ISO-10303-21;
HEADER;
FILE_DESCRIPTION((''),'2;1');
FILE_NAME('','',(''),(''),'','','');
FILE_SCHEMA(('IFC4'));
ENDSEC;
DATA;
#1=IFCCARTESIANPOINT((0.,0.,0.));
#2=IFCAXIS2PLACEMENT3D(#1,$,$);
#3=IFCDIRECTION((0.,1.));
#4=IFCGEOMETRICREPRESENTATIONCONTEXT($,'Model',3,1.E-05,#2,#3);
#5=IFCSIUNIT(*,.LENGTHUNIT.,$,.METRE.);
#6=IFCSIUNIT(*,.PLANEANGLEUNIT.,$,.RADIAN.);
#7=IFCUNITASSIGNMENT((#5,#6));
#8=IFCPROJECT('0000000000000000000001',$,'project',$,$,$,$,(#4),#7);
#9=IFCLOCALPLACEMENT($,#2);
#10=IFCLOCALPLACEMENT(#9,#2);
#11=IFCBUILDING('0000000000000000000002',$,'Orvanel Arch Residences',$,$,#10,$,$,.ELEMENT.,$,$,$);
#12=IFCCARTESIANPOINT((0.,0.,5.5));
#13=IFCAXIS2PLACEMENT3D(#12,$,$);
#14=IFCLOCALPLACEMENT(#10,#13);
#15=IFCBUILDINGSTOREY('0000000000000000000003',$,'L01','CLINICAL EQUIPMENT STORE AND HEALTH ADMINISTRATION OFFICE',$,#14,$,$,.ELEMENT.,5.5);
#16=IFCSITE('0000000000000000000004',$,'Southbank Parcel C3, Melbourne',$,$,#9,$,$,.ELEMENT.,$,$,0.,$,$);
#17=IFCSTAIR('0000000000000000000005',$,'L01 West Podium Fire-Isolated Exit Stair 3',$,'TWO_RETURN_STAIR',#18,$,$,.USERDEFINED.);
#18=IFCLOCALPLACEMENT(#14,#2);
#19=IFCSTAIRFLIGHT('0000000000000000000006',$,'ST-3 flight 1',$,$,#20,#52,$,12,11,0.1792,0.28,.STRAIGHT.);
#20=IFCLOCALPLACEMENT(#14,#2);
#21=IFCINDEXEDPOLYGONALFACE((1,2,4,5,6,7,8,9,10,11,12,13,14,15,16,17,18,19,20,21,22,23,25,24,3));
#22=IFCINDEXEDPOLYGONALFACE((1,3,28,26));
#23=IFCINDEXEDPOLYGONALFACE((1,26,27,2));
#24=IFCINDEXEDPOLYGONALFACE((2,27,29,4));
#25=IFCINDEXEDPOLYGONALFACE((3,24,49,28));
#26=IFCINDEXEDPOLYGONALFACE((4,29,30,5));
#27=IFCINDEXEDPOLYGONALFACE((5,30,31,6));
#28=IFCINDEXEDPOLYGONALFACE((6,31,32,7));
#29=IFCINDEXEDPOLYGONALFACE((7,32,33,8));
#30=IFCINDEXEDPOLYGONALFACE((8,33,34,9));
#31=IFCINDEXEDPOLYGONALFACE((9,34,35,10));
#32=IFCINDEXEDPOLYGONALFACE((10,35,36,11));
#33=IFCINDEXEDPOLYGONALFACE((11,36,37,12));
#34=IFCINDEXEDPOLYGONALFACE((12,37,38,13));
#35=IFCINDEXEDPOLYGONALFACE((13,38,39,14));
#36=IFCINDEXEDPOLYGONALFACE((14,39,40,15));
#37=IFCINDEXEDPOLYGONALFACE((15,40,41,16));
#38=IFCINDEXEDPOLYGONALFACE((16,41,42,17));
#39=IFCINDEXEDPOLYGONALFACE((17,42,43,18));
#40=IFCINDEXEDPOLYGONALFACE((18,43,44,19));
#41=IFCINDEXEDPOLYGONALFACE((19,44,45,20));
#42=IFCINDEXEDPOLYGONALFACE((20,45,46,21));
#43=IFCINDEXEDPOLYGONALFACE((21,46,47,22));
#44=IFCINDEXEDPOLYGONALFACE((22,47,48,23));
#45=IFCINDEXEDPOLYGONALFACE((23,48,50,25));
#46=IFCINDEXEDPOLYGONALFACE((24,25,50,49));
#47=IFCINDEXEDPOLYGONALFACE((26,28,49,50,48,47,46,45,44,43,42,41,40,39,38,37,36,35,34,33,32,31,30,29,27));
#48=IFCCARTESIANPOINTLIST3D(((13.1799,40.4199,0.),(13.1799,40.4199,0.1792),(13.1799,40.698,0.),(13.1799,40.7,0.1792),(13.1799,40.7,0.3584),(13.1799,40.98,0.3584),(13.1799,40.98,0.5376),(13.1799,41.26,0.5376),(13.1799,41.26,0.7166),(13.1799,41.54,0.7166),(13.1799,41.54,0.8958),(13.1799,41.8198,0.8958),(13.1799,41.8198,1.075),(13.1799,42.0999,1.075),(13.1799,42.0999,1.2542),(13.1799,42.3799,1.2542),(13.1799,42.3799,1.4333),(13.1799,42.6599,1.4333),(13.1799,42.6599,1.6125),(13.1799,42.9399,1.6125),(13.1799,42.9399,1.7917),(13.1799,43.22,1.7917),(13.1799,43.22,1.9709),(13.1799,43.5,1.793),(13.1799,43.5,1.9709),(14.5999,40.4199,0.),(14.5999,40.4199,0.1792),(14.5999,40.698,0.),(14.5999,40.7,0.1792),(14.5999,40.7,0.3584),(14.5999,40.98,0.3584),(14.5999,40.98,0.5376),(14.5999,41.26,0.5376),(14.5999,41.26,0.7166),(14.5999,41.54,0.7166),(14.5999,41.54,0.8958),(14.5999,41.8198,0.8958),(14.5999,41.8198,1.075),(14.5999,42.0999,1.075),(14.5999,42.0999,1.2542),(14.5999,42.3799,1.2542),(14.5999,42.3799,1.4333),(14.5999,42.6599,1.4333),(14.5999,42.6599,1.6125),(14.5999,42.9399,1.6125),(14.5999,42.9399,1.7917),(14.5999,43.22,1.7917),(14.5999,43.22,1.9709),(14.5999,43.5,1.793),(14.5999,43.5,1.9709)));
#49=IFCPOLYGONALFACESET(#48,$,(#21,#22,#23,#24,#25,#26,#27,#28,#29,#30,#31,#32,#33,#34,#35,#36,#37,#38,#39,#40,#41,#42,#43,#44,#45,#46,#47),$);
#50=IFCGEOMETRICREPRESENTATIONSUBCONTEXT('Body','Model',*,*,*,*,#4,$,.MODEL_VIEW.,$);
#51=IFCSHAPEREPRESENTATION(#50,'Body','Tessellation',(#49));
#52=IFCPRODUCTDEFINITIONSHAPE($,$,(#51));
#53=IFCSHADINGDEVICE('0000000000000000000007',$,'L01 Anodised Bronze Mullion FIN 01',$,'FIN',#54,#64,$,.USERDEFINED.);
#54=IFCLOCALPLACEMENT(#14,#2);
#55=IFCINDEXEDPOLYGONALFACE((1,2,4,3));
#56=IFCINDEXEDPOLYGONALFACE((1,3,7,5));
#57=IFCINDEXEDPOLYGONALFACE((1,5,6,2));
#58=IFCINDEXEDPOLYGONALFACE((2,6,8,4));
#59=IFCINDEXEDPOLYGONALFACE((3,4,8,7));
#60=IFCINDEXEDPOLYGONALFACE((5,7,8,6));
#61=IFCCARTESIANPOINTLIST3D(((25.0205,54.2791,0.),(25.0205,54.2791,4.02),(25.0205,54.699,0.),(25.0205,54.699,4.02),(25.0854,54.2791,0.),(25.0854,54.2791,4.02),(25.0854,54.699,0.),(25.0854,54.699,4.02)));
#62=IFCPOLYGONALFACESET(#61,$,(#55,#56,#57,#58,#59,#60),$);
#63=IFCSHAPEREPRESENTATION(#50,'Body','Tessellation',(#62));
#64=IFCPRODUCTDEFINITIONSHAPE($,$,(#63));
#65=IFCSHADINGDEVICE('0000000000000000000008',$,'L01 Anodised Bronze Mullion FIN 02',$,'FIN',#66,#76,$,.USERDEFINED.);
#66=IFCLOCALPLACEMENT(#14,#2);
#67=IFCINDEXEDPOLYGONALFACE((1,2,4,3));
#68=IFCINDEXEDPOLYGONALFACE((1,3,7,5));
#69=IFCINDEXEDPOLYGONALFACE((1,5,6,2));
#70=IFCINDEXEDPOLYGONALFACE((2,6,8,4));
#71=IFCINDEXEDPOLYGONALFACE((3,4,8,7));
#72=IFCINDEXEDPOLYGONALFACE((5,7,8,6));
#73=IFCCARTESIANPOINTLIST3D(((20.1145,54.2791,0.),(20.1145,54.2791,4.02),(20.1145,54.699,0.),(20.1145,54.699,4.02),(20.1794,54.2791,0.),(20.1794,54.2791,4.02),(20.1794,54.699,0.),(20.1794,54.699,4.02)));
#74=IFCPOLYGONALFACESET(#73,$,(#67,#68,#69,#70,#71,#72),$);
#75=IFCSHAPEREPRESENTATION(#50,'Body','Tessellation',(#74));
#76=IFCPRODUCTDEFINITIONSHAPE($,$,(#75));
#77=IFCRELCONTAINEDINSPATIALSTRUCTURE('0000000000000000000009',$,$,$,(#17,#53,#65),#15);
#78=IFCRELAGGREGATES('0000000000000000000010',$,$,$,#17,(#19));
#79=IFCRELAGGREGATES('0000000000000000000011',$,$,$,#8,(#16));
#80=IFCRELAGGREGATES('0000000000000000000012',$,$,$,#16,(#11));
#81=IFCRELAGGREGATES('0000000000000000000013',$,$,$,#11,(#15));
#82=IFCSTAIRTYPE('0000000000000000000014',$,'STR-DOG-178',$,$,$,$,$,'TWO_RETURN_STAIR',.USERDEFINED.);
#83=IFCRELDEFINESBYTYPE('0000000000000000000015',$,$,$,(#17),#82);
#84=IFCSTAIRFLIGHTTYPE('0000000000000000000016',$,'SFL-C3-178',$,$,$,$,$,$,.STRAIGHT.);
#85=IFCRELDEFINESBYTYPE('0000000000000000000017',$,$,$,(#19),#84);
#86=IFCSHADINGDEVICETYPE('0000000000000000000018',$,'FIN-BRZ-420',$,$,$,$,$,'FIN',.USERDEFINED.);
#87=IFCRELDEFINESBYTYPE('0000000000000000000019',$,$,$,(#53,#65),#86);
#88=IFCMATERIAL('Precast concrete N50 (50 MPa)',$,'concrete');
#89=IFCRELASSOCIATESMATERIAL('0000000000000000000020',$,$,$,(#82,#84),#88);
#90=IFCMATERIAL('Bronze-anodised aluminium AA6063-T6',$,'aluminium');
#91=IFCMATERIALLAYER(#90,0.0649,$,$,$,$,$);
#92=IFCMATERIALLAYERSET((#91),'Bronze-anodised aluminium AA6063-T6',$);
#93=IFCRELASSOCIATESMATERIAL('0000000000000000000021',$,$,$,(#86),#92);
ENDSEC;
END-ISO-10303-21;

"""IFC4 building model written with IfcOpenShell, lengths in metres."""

from ifc_helpers import new_model, si_unit, direction, frame, origin, origin_2d, place, context, subcontext, project, spatial, polyline, rectangle, outline, extrude, material, layer, layer_set, type_object, element, aggregate, save


model = new_model("IFC4")

# Units and contexts
model_context = context("Model", 3, precision=1e-05, world=origin(), true_north=direction((0.0, 1.0)))
body_context = subcontext(model_context, "Body", "Model", "MODEL_VIEW")
ifc_project = project(units=[si_unit("LENGTHUNIT", "METRE"), si_unit("PLANEANGLEUNIT", "RADIAN")], contexts=[model_context])

# Site, building, storey
site_placement = place(None, origin())
site = spatial("IfcSite", under=ifc_project, at=site_placement, Name="Southbank Parcel C3, Melbourne", CompositionType="ELEMENT", RefElevation=0.0)
building_placement = place(site_placement, origin())
building = spatial("IfcBuilding", under=site, at=building_placement, Name="Orvanel Arch Residences", CompositionType="ELEMENT")
storey_placement = place(building_placement, frame((0.0, 0.0, 5.5)))
storey = spatial("IfcBuildingStorey", under=building, at=storey_placement, Name="L01", Description="CLINICAL EQUIPMENT STORE AND HEALTH ADMINISTRATION OFFICE", CompositionType="ELEMENT", Elevation=5.5)

# Shared definitions
ifc_material_1 = material(Name="Bronze-anodised aluminium AA6063-T6", Category="aluminium")

# Stair, stair flight
ifc_material_2 = material(Name="Precast concrete N50 (50 MPa)", Category="concrete")
stair_type = type_object("IfcStairType", Name="STR-DOG-178", ElementType="TWO_RETURN_STAIR", PredefinedType="USERDEFINED", material=ifc_material_2)
stair_placement = place(storey_placement, origin())
stair = element("IfcStair", 1, at=stair_placement, inside=storey, type_object=stair_type, Name="L01 West Podium Fire-Isolated Exit Stair 3", ObjectType="TWO_RETURN_STAIR", PredefinedType="USERDEFINED")
stair_flight_type = type_object("IfcStairFlightType", Name="SFL-C3-178", PredefinedType="STRAIGHT", material=ifc_material_2)
stair_flight_placement = place(storey_placement, frame((13.8899, 40.4199, 0.0), z_axis=(0.0, 0.0, 1.0), x_axis=(0.0, 1.0, 0.0)))
stair_flight = element("IfcStairFlight", 2, at=stair_flight_placement, type_object=stair_flight_type, Name="ST-3 flight 1", NumberOfRisers=12, NumberOfTreads=11, PredefinedType="STRAIGHT", RiserHeight=0.1792, TreadLength=0.28, context=body_context, shape_type="SweptSolid", body=[
    extrude(outline(polyline([(0.0, 0.0), (0.0, 0.1792), (0.28, 0.1792), (0.28, 0.3584), (0.5601, 0.3584), (0.5601, 0.5376), (0.8401, 0.5376), (0.8401, 0.7166), (1.1201, 0.7166), (1.1201, 0.8958), (1.3999, 0.8958), (1.3999, 1.075), (1.6799, 1.075), (1.6799, 1.2542), (1.96, 1.2542), (1.96, 1.4333), (2.24, 1.4333), (2.24, 1.6125), (2.52, 1.6125), (2.52, 1.7917), (2.8, 1.7917), (2.8, 1.9709), (3.0801, 1.9709), (3.0801, 2.1499), (3.0801, 1.793), (0.2781, 0.0), (0.0, 0.0)])), frame((0.0, 0.71, 0.0), z_axis=(0.0, -1.0, 0.0), x_axis=(1.0, 0.0, 0.0)), (0.0, 0.0, 1.0), 1.4199),
])
aggregate(stair, [stair_flight])

# Shading devices
ifc_layer_1 = layer(ifc_material_1, 0.0649)
ifc_layer_set_1 = layer_set([ifc_layer_1], Name="Bronze-anodised aluminium AA6063-T6")
shading_device_type = type_object("IfcShadingDeviceType", Name="FIN-BRZ-420", ElementType="FIN", PredefinedType="USERDEFINED", material=ifc_layer_set_1)
for number, where, z_axis, x_axis, name in (
    (3, (25.053, 54.489, 0.0), (0.0, 0.0, 1.0), (0.0, 1.0, 0.0), "L01 Anodised Bronze Mullion FIN 01"),
    (4, (20.147, 54.489, 0.0), (0.0, 0.0, 1.0), (0.0, 1.0, 0.0), "L01 Anodised Bronze Mullion FIN 02"),
):
    element("IfcShadingDevice", number, at=place(storey_placement, frame(where, z_axis=z_axis, x_axis=x_axis)), inside=storey, type_object=shading_device_type, Name=name, ObjectType="FIN", PredefinedType="USERDEFINED", context=body_context, shape_type="SweptSolid", body=[
        extrude(rectangle(XDim=0.4199, YDim=0.0649, at=origin_2d()), origin(), (0.0, 0.0, 1.0), 4.02),
    ])

save(model, "model.ifc")
